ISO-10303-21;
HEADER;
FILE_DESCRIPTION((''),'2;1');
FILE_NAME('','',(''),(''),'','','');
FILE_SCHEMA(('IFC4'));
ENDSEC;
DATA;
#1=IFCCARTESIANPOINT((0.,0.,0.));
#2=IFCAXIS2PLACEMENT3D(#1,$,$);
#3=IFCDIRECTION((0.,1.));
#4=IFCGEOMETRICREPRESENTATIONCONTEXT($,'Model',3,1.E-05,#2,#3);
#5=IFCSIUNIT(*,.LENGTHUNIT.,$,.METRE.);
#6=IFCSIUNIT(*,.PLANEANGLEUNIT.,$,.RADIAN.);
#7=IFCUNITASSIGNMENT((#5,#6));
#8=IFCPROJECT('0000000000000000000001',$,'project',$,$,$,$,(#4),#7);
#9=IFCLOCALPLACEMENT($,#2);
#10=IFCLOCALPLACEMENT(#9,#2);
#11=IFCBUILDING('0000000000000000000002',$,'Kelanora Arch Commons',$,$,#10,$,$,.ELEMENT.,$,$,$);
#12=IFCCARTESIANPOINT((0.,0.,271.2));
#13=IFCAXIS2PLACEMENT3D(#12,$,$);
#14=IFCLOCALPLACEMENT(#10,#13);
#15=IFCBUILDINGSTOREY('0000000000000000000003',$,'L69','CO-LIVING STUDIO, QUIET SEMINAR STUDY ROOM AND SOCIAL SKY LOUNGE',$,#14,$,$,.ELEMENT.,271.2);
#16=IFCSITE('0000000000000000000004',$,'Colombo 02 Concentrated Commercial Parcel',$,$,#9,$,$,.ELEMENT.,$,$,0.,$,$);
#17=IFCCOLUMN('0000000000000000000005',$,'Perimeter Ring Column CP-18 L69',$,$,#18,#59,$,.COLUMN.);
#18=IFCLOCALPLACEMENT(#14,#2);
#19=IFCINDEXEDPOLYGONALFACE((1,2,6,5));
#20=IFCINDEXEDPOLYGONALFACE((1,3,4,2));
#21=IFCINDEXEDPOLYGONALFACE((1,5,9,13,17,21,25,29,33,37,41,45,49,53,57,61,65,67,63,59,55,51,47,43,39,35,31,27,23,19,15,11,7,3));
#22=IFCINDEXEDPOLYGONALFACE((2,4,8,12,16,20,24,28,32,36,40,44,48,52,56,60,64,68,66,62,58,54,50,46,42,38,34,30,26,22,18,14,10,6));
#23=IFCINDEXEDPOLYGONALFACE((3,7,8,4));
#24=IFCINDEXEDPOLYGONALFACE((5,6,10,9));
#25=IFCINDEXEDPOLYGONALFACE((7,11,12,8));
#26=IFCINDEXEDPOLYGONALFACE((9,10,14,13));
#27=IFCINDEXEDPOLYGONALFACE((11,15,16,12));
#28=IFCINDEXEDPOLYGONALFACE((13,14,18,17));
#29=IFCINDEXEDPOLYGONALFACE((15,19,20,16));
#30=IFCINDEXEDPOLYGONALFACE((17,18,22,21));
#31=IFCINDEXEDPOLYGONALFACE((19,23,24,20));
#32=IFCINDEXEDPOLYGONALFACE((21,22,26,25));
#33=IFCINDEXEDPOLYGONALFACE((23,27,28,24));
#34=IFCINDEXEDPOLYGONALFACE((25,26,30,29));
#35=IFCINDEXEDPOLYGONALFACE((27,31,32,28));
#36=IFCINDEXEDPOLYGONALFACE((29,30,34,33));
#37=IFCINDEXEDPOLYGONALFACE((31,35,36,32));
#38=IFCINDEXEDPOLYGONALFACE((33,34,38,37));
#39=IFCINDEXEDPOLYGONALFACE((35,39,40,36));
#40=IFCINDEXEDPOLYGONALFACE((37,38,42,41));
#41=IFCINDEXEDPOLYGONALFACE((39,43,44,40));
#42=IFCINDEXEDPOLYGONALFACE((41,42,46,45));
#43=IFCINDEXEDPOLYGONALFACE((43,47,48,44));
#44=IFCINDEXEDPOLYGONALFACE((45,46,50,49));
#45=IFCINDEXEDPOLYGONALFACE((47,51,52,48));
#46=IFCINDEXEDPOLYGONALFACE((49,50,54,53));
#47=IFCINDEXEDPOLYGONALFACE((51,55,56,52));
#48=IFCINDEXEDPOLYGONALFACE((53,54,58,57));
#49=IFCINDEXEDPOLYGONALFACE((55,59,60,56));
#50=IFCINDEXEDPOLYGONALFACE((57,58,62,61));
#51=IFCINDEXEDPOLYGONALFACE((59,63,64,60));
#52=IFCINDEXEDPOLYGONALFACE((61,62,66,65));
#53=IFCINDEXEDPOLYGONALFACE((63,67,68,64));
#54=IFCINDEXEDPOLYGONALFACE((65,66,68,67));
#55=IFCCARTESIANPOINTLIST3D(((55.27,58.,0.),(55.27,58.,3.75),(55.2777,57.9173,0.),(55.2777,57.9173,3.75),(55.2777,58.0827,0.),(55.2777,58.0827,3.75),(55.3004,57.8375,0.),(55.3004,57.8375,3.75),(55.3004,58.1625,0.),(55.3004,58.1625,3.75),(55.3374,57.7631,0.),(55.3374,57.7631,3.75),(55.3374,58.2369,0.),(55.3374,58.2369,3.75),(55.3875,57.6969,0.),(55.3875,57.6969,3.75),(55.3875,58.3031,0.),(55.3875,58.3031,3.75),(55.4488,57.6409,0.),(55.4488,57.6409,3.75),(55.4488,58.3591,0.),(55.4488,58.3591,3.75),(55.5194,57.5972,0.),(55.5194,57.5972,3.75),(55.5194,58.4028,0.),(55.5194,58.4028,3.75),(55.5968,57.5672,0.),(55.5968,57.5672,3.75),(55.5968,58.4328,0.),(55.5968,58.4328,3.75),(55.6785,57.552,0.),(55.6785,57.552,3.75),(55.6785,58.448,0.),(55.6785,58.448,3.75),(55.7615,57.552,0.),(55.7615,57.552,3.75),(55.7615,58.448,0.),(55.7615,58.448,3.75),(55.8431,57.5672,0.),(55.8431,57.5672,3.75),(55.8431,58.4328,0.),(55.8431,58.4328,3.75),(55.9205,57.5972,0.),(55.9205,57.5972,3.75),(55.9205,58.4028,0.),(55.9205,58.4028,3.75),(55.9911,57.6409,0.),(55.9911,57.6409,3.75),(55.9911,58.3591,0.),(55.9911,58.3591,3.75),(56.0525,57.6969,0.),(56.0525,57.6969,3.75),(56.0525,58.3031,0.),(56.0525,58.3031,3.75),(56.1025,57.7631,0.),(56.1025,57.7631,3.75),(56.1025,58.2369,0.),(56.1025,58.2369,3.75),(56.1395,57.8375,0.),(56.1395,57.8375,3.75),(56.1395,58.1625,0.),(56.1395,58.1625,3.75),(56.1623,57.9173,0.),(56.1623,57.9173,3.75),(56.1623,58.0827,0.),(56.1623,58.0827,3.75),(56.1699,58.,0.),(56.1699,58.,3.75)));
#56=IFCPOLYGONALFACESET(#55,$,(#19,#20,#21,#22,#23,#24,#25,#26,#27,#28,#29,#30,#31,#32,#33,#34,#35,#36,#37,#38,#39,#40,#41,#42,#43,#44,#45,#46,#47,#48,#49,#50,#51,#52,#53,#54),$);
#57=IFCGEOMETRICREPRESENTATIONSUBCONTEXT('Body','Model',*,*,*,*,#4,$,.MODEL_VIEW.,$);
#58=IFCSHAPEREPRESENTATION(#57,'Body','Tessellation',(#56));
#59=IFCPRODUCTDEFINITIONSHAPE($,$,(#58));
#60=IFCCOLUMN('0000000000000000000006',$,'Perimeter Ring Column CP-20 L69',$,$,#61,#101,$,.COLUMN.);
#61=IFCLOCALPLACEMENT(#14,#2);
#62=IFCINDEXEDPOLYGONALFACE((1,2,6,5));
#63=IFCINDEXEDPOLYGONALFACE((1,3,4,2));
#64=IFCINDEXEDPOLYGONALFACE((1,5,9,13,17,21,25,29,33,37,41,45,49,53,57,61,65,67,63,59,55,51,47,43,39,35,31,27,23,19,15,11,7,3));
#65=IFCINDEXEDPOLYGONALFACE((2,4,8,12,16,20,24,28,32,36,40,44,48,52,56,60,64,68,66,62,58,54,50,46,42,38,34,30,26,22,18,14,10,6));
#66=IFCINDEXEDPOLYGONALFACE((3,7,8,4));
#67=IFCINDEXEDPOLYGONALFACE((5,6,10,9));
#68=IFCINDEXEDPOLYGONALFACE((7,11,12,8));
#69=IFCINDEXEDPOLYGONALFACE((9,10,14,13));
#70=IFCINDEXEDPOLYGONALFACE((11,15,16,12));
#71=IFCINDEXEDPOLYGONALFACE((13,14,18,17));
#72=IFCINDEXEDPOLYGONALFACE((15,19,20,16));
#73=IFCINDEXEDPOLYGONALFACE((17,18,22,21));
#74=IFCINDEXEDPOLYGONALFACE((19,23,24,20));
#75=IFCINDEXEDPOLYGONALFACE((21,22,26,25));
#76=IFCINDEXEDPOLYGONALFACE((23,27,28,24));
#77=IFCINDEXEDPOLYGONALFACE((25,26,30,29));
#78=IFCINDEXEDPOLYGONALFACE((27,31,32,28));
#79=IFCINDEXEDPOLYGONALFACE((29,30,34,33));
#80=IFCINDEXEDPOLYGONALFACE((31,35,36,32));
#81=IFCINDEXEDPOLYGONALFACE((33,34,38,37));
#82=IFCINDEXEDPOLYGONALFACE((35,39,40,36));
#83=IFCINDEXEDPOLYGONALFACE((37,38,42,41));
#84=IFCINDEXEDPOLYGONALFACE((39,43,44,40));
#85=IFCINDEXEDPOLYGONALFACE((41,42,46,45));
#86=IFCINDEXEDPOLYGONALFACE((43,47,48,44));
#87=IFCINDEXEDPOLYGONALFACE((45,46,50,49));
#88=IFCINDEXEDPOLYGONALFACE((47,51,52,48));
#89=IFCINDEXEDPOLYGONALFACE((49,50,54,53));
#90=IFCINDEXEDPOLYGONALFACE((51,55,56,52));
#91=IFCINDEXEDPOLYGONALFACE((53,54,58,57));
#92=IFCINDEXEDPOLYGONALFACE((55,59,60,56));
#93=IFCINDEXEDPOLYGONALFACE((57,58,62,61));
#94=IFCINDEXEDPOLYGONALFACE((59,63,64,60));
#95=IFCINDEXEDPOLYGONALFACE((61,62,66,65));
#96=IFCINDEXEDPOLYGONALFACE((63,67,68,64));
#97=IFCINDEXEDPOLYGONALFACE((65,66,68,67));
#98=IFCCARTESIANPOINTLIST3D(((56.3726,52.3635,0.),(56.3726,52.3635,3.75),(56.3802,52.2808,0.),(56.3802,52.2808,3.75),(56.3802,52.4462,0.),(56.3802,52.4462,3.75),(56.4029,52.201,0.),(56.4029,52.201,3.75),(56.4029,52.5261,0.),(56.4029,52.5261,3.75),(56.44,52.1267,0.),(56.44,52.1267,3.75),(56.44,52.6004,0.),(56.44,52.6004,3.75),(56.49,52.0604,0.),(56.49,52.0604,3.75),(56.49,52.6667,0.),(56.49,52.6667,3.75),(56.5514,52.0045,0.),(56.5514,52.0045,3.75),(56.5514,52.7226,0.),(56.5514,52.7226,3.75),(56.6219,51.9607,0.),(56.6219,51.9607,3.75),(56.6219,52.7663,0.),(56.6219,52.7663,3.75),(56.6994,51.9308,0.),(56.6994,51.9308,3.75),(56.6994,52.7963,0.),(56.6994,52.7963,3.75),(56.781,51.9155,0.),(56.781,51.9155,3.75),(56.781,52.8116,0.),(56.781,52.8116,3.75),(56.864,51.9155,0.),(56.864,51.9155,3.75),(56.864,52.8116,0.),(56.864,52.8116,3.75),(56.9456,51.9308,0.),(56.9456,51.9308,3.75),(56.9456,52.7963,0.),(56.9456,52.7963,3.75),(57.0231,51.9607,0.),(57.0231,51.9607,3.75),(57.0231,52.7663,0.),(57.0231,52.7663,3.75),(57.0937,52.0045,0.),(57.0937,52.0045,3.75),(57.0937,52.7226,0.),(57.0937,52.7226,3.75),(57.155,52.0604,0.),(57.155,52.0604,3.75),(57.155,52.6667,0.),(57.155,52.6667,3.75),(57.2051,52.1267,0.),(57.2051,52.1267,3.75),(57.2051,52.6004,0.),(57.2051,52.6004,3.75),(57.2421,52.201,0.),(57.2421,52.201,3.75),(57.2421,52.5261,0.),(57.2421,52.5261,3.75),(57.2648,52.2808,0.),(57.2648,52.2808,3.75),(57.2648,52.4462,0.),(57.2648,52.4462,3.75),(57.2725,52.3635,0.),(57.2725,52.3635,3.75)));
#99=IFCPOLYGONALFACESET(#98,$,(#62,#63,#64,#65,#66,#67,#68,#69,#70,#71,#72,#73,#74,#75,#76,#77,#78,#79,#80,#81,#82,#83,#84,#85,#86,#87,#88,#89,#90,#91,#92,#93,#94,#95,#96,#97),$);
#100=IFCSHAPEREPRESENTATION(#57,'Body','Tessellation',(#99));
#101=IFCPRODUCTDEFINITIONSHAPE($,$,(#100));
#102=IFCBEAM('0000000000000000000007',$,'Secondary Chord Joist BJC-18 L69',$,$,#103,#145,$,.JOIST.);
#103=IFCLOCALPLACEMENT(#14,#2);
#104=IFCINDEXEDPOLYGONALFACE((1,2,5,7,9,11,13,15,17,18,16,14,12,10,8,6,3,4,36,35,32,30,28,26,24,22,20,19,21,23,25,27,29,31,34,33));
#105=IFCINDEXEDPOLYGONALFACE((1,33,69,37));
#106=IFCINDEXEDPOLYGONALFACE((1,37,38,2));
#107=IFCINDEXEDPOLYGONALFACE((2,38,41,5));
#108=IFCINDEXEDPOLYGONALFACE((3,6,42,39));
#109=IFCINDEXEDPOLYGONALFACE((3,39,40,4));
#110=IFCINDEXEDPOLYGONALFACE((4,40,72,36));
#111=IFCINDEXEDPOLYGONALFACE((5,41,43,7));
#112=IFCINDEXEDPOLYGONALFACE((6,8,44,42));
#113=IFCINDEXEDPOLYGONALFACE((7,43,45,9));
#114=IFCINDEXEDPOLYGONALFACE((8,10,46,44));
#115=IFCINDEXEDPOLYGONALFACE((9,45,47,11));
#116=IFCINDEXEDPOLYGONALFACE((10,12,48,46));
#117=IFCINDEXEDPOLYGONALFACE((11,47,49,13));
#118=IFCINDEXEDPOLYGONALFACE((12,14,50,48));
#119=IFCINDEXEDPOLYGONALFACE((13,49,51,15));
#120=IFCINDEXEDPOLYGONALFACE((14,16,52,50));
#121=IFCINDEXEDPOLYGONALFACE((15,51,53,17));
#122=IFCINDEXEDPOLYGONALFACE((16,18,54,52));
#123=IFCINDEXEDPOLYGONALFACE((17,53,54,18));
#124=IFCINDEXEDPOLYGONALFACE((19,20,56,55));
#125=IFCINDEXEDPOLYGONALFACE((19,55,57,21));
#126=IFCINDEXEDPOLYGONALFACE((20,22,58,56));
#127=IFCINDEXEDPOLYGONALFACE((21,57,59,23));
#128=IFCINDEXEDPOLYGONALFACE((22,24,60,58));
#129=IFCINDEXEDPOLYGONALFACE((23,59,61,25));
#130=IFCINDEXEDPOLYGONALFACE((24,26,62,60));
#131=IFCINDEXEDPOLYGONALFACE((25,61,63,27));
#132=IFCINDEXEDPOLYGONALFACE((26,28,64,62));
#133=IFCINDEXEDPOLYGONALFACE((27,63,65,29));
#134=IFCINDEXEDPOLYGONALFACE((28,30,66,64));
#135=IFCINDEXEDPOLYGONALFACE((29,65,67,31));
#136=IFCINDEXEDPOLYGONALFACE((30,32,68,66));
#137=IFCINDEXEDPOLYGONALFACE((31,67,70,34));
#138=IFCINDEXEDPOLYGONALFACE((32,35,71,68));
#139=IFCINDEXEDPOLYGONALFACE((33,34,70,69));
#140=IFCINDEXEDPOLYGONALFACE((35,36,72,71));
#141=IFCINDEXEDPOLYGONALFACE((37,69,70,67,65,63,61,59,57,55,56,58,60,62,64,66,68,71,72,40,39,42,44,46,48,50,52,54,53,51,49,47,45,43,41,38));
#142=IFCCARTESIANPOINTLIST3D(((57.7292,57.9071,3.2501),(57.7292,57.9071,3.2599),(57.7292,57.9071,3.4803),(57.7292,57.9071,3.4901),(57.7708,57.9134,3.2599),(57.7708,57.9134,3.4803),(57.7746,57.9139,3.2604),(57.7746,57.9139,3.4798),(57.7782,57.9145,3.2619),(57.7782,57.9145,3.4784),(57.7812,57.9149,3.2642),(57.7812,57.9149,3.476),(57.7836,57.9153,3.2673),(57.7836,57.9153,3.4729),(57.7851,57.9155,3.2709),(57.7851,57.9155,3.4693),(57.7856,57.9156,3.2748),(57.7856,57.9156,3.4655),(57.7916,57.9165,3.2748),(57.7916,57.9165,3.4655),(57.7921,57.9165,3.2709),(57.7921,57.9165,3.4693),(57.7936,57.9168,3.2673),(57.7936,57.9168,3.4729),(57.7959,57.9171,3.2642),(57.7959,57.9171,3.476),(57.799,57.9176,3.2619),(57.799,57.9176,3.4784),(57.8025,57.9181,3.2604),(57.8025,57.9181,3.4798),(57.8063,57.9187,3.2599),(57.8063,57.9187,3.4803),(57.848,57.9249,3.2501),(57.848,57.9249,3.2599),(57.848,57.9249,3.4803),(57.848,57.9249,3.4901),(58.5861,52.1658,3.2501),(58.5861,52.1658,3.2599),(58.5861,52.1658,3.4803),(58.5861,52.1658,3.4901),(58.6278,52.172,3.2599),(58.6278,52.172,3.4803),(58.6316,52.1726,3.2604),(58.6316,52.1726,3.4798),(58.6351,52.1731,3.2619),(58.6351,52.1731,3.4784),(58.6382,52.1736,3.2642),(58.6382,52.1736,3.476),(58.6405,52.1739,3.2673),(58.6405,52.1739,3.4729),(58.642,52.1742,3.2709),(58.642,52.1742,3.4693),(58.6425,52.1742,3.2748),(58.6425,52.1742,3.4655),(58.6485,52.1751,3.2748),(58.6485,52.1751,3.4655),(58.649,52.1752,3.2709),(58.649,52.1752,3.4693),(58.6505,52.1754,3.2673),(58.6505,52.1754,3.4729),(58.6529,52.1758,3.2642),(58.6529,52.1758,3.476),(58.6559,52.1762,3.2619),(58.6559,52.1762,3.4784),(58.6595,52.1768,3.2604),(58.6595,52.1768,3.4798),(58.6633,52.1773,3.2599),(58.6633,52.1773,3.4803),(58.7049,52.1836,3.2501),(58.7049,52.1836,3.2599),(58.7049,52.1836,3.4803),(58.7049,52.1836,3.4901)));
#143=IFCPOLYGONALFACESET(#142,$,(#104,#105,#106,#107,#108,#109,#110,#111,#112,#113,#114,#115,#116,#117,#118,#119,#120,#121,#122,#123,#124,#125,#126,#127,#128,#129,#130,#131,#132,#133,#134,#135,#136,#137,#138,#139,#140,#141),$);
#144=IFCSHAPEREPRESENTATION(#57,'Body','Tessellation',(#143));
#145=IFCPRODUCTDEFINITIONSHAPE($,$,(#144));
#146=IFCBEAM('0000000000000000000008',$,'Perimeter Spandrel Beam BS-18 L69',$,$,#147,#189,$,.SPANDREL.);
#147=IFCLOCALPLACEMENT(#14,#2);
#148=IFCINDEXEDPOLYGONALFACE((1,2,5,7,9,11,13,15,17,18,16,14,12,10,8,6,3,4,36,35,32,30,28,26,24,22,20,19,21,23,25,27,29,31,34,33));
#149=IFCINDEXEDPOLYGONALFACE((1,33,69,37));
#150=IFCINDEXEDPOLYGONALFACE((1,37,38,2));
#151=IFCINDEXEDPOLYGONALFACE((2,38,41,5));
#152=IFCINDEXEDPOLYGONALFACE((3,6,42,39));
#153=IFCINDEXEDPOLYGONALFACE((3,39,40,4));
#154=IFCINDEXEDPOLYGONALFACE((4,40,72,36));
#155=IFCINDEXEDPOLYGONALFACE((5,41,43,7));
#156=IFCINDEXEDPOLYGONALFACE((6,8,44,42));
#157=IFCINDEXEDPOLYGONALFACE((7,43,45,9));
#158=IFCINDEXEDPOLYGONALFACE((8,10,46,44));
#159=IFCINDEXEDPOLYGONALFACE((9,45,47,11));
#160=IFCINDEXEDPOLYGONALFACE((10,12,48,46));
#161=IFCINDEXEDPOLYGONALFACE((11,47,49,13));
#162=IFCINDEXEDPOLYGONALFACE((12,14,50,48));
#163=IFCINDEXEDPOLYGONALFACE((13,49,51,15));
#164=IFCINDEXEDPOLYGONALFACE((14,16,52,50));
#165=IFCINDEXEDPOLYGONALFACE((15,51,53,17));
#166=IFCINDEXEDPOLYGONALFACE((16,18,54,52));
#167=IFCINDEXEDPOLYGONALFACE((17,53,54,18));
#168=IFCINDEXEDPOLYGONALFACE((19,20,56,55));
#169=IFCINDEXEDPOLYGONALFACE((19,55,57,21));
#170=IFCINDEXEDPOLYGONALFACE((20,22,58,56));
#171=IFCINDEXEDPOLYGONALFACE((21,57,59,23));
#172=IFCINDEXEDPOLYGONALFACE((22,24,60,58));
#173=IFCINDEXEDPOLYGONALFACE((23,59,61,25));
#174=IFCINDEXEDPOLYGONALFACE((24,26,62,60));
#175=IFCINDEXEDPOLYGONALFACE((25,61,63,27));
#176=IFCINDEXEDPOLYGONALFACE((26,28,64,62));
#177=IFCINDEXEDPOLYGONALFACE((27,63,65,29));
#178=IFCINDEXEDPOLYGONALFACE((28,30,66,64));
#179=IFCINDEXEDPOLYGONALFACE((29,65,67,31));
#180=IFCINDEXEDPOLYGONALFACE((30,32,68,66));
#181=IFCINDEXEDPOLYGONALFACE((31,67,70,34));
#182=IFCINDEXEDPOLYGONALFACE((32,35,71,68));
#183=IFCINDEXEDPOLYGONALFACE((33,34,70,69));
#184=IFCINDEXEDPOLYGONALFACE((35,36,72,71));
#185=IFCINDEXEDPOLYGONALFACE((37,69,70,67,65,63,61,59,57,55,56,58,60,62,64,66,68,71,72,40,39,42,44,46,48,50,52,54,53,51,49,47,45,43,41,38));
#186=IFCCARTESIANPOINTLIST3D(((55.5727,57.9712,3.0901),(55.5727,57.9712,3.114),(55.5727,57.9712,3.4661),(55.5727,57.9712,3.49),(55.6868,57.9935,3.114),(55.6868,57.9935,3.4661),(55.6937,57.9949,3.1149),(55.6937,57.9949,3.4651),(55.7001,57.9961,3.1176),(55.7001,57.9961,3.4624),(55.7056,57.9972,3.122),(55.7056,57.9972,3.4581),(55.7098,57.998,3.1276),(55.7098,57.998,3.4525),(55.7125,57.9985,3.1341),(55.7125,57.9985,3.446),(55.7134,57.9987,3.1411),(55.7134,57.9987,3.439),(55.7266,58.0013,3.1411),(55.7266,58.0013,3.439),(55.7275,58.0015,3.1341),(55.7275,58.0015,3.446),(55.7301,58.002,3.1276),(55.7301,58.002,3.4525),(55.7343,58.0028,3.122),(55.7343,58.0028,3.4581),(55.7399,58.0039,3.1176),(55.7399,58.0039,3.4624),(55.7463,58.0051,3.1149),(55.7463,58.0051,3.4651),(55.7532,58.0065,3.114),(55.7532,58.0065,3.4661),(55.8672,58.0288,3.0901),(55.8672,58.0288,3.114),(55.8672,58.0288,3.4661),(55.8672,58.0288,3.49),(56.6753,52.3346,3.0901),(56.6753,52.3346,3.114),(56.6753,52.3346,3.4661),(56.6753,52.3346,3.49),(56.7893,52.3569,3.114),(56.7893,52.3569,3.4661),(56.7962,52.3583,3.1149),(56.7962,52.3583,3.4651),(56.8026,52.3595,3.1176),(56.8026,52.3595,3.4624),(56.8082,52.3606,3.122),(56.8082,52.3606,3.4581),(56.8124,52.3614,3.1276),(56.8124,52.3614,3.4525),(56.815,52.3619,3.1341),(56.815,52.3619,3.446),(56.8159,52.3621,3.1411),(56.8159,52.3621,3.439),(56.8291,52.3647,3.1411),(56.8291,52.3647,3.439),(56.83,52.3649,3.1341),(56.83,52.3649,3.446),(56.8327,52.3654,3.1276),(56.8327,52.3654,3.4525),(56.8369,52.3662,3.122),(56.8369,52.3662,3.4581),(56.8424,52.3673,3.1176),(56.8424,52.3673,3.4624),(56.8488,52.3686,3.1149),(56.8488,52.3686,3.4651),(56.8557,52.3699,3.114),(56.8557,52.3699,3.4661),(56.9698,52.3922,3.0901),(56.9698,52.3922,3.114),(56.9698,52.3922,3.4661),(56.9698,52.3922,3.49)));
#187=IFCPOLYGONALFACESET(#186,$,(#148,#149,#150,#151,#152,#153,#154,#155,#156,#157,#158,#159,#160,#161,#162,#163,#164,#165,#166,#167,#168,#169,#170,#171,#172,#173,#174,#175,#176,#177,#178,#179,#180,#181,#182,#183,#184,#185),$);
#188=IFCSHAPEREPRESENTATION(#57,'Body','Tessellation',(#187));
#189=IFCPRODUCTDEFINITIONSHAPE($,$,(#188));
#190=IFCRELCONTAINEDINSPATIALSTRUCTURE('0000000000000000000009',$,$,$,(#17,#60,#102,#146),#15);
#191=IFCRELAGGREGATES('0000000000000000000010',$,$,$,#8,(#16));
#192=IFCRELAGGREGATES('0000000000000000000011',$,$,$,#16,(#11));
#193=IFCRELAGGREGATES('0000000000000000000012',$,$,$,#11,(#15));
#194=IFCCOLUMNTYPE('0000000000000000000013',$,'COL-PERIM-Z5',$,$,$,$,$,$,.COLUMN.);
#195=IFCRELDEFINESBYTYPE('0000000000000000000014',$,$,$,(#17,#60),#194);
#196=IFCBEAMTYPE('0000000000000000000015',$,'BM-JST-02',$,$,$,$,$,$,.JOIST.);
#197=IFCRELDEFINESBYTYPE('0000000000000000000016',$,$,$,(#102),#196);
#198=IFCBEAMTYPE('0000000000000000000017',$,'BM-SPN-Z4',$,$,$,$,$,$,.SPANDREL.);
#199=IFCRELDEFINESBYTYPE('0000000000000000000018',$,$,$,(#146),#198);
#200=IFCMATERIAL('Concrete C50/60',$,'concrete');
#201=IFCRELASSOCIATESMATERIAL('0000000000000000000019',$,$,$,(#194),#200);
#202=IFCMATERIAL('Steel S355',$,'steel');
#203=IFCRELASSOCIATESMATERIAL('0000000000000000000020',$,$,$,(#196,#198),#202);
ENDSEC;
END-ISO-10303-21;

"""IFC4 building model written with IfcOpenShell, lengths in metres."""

from ifc_helpers import new_model, si_unit, direction, frame, origin, origin_2d, place, context, subcontext, project, spatial, circle, i_section, extrude, material, material_profile, profile_set, type_object, element, save


model = new_model("IFC4")

# Units and contexts
model_context = context("Model", 3, precision=1e-05, world=origin(), true_north=direction((0.0, 1.0)))
body_context = subcontext(model_context, "Body", "Model", "MODEL_VIEW")
ifc_project = project(units=[si_unit("LENGTHUNIT", "METRE"), si_unit("PLANEANGLEUNIT", "RADIAN")], contexts=[model_context])

# Site, building, storey
site_placement = place(None, origin())
site = spatial("IfcSite", under=ifc_project, at=site_placement, Name="Colombo 02 Concentrated Commercial Parcel", CompositionType="ELEMENT", RefElevation=0.0)
building_placement = place(site_placement, origin())
building = spatial("IfcBuilding", under=site, at=building_placement, Name="Kelanora Arch Commons", CompositionType="ELEMENT")
storey_placement = place(building_placement, frame((0.0, 0.0, 271.2)))
storey = spatial("IfcBuildingStorey", under=building, at=storey_placement, Name="L69", Description="CO-LIVING STUDIO, QUIET SEMINAR STUDY ROOM AND SOCIAL SKY LOUNGE", CompositionType="ELEMENT", Elevation=271.2)

# Columns
ifc_material_1 = material(Name="Concrete C50/60", Category="concrete")
ifc_material_profile_1 = material_profile(ifc_material_1, circle(Radius=0.45, at=origin_2d()), Name="RCC900")
ifc_profile_set_1 = profile_set([ifc_material_profile_1], Name="Concrete C50/60")
column_type = type_object("IfcColumnType", Name="COL-PERIM-Z5", PredefinedType="COLUMN", material=ifc_profile_set_1)
for number, where, z_axis, x_axis, name in (
    (1, (55.72, 58.0, 0.0), (0.0, 0.0, 1.0), (1.0, 0.0, 0.0), "Perimeter Ring Column CP-18 L69"),
    (2, (56.8225, 52.3635, 0.0), (0.0, 0.0, 1.0), (1.0, 0.0, 0.0), "Perimeter Ring Column CP-20 L69"),
):
    element("IfcColumn", number, at=place(storey_placement, frame(where, z_axis=z_axis, x_axis=x_axis)), inside=storey, type_object=column_type, Name=name, PredefinedType="COLUMN", context=body_context, shape_type="SweptSolid", body=[
        extrude(circle(Radius=0.45, at=origin_2d()), origin(), (0.0, 0.0, 1.0), 3.75),
    ])

# Beams
ifc_material_2 = material(Name="Steel S355", Category="steel")
ifc_material_profile_2 = material_profile(ifc_material_2, i_section(OverallWidth=0.1201, OverallDepth=0.24, WebThickness=0.0061, FlangeThickness=0.0098, FilletRadius=0.0149, at=origin_2d()), Name="IPE240")
ifc_profile_set_2 = profile_set([ifc_material_profile_2], Name="Steel S355")
beam_type_1 = type_object("IfcBeamType", Name="BM-JST-02", PredefinedType="JOIST", material=ifc_profile_set_2)
beam_1_placement = place(storey_placement, frame((57.7886, 57.916, 3.3701), z_axis=(0.147625, -0.989043, 0.0), x_axis=(0.989043, 0.147625, 0.0)))
element("IfcBeam", 3, at=beam_1_placement, inside=storey, type_object=beam_type_1, Name="Secondary Chord Joist BJC-18 L69", PredefinedType="JOIST", context=body_context, shape_type="SweptSolid", body=[
    extrude(i_section(OverallWidth=0.1201, OverallDepth=0.24, WebThickness=0.0061, FlangeThickness=0.0098, FilletRadius=0.0149, at=origin_2d()), origin(), (0.0, 0.0, 1.0), 5.8049),
])
ifc_material_profile_3 = material_profile(ifc_material_2, i_section(OverallWidth=0.3, OverallDepth=0.3999, WebThickness=0.0134, FlangeThickness=0.0239, FilletRadius=0.0271, at=origin_2d()), Name="HEB400")
ifc_profile_set_3 = profile_set([ifc_material_profile_3], Name="Steel S355")
beam_type_2 = type_object("IfcBeamType", Name="BM-SPN-Z4", PredefinedType="SPANDREL", material=ifc_profile_set_3)
beam_2_placement = place(storey_placement, frame((55.72, 58.0, 3.29), z_axis=(0.19197, -0.981401, 0.0), x_axis=(0.981401, 0.19197, 0.0)))
element("IfcBeam", 4, at=beam_2_placement, inside=storey, type_object=beam_type_2, Name="Perimeter Spandrel Beam BS-18 L69", PredefinedType="SPANDREL", context=body_context, shape_type="SweptSolid", body=[
    extrude(i_section(OverallWidth=0.3, OverallDepth=0.3999, WebThickness=0.0134, FlangeThickness=0.0239, FilletRadius=0.0271, at=origin_2d()), origin(), (0.0, 0.0, 1.0), 5.7434),
])

save(model, "model.ifc")
